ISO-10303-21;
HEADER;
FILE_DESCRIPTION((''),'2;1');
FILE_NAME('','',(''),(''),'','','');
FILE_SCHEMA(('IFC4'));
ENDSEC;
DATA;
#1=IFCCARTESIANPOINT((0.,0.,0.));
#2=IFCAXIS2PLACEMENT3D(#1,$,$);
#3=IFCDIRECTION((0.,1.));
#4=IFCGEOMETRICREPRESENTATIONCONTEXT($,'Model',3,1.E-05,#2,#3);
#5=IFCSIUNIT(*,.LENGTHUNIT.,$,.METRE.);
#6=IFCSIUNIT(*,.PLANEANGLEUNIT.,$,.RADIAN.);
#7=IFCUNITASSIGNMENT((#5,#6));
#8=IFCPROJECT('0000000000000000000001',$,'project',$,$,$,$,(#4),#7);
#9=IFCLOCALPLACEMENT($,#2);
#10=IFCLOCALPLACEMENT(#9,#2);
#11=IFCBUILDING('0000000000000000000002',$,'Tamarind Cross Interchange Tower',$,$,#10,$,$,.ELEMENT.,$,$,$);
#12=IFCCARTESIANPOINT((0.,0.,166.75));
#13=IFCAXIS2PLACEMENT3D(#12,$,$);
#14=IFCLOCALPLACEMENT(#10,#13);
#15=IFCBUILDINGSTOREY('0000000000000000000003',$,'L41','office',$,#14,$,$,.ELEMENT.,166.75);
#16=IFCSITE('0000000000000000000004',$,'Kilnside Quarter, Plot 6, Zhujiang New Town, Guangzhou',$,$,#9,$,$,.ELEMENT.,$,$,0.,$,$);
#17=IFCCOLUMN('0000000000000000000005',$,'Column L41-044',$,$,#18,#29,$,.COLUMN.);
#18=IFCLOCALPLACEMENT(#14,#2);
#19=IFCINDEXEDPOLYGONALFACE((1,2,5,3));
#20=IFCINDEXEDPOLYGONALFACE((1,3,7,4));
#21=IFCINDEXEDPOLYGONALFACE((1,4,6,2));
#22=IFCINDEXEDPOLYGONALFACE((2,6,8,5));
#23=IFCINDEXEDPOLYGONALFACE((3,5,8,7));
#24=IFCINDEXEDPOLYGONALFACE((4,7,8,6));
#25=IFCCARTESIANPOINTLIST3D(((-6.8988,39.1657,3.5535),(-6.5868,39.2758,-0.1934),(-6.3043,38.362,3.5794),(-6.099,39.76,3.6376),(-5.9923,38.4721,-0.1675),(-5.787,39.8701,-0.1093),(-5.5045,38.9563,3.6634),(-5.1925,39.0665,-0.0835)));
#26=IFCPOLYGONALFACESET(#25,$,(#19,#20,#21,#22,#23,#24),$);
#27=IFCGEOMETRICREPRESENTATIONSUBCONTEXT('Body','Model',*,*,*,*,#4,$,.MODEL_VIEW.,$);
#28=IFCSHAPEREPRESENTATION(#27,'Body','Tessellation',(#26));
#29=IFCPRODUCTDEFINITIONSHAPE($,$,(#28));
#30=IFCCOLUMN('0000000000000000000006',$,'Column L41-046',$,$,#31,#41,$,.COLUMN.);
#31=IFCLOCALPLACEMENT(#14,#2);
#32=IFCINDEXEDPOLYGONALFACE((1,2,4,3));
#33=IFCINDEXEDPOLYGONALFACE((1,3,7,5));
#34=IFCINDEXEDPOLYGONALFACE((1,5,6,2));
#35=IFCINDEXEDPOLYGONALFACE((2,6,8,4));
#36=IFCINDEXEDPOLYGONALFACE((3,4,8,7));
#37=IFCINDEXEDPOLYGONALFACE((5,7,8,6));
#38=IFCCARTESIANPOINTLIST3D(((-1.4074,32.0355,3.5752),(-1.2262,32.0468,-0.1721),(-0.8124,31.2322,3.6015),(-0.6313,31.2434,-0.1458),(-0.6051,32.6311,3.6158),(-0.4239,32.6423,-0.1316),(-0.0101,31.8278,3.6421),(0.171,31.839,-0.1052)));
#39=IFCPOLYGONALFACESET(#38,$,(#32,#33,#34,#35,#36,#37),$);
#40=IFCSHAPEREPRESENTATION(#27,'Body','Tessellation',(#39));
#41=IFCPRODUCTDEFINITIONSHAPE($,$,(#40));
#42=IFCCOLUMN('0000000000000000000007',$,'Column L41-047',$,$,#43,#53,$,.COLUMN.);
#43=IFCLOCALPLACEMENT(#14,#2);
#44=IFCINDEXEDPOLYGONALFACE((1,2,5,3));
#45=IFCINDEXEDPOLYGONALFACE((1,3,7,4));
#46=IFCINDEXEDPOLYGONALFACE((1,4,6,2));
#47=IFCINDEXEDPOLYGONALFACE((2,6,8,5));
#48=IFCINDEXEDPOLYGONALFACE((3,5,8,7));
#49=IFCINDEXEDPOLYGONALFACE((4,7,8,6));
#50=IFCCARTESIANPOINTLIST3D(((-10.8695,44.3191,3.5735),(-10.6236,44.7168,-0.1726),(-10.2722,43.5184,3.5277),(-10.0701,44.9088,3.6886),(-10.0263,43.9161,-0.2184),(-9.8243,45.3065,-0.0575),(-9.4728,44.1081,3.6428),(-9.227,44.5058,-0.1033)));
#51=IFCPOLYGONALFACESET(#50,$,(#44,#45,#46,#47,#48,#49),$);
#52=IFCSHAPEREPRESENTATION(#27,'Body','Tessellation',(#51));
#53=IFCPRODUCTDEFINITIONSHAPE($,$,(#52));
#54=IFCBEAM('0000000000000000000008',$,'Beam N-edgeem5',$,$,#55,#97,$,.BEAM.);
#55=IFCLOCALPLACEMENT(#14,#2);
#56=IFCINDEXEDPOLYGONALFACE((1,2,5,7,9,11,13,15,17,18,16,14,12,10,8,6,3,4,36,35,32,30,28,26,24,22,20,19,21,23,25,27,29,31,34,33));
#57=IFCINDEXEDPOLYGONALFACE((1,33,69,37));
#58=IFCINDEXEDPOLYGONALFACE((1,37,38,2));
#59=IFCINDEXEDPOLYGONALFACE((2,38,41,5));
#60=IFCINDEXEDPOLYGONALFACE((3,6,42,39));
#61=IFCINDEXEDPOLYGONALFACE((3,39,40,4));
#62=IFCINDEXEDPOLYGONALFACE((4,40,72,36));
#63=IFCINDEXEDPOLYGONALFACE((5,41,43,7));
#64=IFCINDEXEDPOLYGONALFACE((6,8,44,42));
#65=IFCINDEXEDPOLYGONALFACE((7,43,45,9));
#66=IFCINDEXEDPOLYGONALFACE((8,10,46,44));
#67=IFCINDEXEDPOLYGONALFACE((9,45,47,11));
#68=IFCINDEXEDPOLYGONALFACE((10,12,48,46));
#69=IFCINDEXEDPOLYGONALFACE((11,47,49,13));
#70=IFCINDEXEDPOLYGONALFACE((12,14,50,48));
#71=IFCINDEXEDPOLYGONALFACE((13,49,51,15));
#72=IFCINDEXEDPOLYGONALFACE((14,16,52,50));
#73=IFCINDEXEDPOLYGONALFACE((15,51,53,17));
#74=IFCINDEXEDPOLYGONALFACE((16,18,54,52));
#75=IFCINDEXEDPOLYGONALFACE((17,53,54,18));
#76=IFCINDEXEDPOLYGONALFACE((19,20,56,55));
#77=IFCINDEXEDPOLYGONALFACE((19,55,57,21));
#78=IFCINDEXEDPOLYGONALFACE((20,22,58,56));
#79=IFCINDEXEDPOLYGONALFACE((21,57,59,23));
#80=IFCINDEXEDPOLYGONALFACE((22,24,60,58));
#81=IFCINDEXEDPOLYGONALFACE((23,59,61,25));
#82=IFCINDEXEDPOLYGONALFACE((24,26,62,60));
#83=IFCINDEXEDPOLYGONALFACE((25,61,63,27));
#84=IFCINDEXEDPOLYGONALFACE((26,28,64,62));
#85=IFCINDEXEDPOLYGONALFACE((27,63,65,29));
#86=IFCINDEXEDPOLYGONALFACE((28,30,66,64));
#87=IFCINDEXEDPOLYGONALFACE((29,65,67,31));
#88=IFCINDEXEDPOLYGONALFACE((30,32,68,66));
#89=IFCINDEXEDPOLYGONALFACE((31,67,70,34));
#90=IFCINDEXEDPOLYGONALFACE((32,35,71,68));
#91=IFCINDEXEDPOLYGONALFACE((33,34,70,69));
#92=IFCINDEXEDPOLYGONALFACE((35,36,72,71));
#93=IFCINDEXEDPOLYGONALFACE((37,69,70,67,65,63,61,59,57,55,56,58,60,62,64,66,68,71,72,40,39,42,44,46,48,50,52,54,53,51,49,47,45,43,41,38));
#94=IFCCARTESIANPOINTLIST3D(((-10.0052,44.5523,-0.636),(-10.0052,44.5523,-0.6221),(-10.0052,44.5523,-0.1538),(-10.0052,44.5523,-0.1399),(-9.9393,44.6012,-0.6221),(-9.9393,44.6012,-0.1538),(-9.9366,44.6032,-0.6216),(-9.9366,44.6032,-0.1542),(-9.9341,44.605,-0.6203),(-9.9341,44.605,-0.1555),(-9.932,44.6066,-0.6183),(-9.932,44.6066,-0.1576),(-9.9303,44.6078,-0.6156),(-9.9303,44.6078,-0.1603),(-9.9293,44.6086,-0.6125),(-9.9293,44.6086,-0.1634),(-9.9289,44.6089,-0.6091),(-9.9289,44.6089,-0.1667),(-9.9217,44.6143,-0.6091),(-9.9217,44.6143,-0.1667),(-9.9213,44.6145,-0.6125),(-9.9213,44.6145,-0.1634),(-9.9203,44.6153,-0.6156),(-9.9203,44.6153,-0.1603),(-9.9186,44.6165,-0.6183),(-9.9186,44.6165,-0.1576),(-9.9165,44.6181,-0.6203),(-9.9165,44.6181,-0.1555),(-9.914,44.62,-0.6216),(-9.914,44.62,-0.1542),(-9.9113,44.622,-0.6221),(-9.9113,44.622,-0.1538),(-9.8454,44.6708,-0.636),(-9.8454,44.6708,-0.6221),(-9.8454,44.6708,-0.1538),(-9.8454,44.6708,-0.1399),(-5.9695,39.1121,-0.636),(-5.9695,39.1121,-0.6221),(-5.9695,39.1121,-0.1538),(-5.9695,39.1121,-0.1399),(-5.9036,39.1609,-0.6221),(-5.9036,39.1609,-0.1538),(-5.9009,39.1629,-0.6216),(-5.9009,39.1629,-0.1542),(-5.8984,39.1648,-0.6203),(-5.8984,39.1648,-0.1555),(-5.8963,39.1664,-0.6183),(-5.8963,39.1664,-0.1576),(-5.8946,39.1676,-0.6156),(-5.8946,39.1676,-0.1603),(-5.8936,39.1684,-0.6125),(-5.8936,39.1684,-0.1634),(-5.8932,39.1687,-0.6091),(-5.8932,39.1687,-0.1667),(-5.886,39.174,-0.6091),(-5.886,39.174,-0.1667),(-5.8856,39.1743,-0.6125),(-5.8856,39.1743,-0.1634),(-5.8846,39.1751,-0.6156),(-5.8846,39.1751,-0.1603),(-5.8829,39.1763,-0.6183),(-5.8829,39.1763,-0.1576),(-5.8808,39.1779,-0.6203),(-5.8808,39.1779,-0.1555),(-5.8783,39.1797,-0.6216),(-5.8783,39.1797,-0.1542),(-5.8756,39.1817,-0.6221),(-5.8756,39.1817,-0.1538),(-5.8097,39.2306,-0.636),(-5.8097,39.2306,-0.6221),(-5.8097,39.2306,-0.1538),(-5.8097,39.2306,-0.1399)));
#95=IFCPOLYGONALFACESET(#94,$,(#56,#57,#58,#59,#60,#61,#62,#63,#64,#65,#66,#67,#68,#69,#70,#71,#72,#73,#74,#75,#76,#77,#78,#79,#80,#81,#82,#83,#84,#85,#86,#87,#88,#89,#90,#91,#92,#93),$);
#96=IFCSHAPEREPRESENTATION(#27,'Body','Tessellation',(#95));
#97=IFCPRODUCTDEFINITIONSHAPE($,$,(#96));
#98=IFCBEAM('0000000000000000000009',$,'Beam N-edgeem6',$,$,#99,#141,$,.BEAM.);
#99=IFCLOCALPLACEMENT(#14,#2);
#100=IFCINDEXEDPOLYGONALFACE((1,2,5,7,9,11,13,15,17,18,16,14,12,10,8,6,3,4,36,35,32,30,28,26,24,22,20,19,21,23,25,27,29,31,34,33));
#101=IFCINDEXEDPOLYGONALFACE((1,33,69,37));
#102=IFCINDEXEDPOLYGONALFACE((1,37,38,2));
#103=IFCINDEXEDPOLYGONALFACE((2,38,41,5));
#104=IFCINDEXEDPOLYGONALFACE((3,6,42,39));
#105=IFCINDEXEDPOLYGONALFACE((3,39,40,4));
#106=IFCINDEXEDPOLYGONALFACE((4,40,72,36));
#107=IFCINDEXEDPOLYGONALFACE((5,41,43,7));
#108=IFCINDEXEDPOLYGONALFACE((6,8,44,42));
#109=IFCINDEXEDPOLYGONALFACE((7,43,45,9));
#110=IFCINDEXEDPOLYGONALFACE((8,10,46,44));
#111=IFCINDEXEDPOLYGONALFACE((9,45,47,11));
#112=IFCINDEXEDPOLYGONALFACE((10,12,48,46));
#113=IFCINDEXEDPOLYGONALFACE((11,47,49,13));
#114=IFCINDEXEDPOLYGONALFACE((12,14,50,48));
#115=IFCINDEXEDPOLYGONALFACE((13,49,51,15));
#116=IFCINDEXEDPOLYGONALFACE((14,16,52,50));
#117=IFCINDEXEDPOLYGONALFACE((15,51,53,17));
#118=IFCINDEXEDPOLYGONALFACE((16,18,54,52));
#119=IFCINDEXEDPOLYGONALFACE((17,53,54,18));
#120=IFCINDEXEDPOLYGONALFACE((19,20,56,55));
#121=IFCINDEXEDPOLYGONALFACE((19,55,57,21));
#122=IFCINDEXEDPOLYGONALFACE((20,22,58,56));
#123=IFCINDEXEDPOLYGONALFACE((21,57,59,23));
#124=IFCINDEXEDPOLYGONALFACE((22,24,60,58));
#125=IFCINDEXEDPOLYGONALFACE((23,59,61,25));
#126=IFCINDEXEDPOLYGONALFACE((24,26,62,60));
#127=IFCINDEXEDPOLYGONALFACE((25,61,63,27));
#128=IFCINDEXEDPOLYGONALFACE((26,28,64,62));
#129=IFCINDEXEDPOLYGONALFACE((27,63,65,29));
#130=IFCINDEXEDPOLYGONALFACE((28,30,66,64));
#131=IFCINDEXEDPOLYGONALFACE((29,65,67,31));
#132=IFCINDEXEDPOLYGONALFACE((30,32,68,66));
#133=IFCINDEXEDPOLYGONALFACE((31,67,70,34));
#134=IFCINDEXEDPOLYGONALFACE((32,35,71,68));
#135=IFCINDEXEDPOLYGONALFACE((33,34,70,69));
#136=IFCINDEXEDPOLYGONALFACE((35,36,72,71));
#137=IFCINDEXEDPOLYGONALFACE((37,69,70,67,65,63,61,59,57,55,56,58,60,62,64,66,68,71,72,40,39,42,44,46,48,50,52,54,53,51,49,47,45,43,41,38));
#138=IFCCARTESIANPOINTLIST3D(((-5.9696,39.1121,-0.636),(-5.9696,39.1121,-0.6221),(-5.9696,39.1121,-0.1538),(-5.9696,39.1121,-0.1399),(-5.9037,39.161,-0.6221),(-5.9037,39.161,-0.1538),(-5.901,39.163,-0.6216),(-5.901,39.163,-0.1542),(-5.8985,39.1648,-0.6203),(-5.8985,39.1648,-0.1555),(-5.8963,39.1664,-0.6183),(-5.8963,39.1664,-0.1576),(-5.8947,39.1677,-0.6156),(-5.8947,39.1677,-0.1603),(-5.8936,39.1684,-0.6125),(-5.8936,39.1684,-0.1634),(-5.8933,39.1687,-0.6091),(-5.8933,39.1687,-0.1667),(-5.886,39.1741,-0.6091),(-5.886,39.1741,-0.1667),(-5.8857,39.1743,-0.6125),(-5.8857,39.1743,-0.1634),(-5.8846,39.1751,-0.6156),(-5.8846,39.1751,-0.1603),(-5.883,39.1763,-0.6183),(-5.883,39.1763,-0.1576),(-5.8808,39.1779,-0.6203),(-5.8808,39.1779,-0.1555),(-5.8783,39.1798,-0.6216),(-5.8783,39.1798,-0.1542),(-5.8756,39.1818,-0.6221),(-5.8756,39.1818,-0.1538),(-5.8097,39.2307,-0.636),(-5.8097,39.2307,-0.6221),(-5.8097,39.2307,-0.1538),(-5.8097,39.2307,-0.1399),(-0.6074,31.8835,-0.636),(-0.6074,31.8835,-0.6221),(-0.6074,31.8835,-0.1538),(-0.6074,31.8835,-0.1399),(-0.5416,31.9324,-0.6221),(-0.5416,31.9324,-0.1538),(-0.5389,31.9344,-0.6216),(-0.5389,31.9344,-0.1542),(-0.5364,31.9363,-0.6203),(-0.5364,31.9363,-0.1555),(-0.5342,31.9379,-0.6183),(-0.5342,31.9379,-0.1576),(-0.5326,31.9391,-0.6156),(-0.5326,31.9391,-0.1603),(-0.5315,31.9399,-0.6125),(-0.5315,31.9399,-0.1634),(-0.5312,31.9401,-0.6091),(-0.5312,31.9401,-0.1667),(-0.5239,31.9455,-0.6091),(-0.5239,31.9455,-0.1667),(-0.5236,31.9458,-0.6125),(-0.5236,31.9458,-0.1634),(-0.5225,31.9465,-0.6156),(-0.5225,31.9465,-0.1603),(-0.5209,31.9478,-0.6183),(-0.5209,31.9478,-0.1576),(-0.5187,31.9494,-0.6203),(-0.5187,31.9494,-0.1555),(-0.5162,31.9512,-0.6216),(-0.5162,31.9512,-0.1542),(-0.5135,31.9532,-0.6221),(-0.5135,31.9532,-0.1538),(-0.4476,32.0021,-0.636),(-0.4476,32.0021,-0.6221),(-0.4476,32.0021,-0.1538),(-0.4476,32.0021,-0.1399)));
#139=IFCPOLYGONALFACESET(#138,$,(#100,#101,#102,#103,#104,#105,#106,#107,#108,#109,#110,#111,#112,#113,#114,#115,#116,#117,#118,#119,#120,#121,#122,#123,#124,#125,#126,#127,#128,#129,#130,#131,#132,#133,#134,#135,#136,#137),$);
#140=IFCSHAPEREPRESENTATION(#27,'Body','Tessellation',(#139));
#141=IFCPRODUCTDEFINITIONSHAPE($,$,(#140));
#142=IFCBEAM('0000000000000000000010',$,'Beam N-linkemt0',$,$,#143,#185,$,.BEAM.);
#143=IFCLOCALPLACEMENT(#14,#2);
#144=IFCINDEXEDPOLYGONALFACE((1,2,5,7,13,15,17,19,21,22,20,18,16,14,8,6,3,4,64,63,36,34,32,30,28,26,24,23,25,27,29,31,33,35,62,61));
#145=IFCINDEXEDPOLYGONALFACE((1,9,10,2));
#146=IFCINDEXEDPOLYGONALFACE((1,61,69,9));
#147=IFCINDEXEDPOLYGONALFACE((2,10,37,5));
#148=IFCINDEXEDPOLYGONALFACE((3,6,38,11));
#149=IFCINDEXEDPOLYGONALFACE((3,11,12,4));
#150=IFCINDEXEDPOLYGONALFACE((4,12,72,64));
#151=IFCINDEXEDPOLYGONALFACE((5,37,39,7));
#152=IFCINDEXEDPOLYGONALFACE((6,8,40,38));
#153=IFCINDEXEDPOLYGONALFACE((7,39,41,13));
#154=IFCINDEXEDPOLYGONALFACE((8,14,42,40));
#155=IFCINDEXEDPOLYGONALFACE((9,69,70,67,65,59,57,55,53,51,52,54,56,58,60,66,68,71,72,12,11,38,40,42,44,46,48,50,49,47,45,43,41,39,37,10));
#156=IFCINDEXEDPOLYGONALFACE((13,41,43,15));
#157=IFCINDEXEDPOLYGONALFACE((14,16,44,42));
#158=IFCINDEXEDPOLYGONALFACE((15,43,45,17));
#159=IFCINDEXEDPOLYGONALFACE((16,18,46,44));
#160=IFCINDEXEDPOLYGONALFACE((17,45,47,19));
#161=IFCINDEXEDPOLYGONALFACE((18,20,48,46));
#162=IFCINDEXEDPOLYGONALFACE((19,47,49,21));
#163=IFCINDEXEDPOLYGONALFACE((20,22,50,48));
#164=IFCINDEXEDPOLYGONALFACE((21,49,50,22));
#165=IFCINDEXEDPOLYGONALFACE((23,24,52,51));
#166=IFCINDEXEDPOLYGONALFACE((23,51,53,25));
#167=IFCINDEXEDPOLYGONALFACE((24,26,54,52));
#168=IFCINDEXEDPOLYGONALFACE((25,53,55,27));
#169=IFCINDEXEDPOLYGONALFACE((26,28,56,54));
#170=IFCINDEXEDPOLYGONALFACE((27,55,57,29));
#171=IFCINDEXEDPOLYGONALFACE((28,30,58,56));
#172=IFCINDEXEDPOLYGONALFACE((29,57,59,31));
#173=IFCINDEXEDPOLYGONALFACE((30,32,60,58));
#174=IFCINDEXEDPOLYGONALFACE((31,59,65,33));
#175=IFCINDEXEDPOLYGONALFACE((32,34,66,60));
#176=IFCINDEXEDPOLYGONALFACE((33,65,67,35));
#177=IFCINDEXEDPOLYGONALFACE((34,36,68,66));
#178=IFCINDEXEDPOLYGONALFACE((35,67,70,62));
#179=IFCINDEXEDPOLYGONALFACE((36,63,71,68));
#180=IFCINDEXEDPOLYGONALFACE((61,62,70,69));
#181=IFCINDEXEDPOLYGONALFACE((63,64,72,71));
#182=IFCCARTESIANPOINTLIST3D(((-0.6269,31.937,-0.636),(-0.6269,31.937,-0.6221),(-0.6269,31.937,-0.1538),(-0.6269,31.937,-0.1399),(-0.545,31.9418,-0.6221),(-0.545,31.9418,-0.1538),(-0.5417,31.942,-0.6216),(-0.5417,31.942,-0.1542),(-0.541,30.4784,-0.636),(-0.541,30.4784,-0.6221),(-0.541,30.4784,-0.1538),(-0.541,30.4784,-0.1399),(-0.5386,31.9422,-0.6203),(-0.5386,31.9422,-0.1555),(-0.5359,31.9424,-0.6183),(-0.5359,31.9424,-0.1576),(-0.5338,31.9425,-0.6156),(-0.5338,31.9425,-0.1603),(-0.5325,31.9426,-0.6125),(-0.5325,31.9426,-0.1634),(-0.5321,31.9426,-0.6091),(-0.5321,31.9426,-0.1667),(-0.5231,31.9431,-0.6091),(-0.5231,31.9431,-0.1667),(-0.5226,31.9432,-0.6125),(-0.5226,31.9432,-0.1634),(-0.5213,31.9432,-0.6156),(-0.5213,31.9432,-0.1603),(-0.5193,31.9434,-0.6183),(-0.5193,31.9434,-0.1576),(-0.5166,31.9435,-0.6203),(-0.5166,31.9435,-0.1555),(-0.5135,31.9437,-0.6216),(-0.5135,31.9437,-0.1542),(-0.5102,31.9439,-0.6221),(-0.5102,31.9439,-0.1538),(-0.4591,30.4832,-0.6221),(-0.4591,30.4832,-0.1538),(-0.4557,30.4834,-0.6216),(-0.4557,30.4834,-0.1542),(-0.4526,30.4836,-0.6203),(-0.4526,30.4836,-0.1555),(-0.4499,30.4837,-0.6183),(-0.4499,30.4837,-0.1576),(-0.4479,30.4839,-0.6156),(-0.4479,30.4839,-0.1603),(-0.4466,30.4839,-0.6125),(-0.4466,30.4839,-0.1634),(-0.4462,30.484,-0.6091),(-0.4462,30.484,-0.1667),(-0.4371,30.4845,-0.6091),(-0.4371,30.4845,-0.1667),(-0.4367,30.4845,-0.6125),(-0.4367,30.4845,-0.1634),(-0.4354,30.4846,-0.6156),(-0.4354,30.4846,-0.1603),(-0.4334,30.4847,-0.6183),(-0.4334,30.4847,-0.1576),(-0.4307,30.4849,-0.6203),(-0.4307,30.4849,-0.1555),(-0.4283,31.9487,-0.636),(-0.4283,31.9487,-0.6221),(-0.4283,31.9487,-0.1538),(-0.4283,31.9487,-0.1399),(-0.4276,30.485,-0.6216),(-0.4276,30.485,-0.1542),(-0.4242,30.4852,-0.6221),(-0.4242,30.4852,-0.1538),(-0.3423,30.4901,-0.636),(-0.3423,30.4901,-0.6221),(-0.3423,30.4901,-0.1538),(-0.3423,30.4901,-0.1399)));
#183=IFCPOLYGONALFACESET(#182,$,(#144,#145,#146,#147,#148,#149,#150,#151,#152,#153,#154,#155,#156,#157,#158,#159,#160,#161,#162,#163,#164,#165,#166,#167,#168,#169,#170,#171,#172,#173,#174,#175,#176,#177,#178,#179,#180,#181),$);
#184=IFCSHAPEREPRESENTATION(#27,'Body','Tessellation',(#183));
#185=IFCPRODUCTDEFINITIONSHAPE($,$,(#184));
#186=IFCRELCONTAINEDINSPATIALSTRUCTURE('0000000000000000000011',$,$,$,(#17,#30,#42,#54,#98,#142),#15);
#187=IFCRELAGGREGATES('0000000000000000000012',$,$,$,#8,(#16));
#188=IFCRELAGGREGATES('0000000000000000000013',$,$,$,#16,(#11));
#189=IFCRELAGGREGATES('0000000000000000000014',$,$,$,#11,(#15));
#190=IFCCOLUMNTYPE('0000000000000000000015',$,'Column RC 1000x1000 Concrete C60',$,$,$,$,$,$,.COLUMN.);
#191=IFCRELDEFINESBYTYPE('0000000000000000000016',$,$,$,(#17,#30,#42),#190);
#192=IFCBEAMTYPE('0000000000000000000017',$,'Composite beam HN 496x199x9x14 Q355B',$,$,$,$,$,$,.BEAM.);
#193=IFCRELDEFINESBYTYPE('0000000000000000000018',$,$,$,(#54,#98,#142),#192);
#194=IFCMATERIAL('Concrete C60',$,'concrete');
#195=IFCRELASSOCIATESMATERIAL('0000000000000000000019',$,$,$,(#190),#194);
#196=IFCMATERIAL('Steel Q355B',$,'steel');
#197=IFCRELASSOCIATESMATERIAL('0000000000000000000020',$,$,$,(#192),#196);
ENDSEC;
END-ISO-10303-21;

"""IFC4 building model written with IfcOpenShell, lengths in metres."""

from ifc_helpers import new_model, si_unit, direction, frame, origin, origin_2d, place, context, subcontext, project, spatial, rectangle, i_section, extrude, material, material_profile, profile_set, type_object, element, save


model = new_model("IFC4")

# Units and contexts
model_context = context("Model", 3, precision=1e-05, world=origin(), true_north=direction((0.0, 1.0)))
body_context = subcontext(model_context, "Body", "Model", "MODEL_VIEW")
ifc_project = project(units=[si_unit("LENGTHUNIT", "METRE"), si_unit("PLANEANGLEUNIT", "RADIAN")], contexts=[model_context])

# Site, building, storey
site_placement = place(None, origin())
site = spatial("IfcSite", under=ifc_project, at=site_placement, Name="Kilnside Quarter, Plot 6, Zhujiang New Town, Guangzhou", CompositionType="ELEMENT", RefElevation=0.0)
building_placement = place(site_placement, origin())
building = spatial("IfcBuilding", under=site, at=building_placement, Name="Tamarind Cross Interchange Tower", CompositionType="ELEMENT")
storey_placement = place(building_placement, frame((0.0, 0.0, 166.75)))
storey = spatial("IfcBuildingStorey", under=building, at=storey_placement, Name="L41", Description="office", CompositionType="ELEMENT", Elevation=166.75)

# Columns
ifc_material_1 = material(Name="Concrete C60", Category="concrete")
ifc_material_profile_1 = material_profile(ifc_material_1, rectangle(XDim=1.0, YDim=1.0, at=origin_2d()), Name="RC 1000x1000")
ifc_profile_set_1 = profile_set([ifc_material_profile_1], Name="Concrete C60")
column_type = type_object("IfcColumnType", Name="Column RC 1000x1000 Concrete C60", PredefinedType="COLUMN", material=ifc_profile_set_1)
column_1_placement = place(storey_placement, frame((-5.8896, 39.1711, -0.1384), z_axis=(-0.082951, -0.029273, 0.996124), x_axis=(0.594473, -0.803699, 0.025886)))
element("IfcColumn", 1, at=column_1_placement, inside=storey, type_object=column_type, Name="Column L41-044", PredefinedType="COLUMN", context=body_context, shape_type="SweptSolid", body=[
    extrude(rectangle(XDim=1.0, YDim=1.0, at=origin_2d()), origin(), (0.0, 0.0, 1.0), 3.7615),
])
column_2_placement = place(storey_placement, frame((-0.5276, 31.9429, -0.1387), z_axis=(-0.048285, -0.002993, 0.998829), x_axis=(0.594965, -0.803319, 0.026354)))
element("IfcColumn", 2, at=column_2_placement, inside=storey, type_object=column_type, Name="Column L41-046", PredefinedType="COLUMN", context=body_context, shape_type="SweptSolid", body=[
    extrude(rectangle(XDim=1.0, YDim=1.0, at=origin_2d()), origin(), (0.0, 0.0, 1.0), 3.7517),
])
column_3_placement = place(storey_placement, frame((-9.9253, 44.6113, -0.1379), z_axis=(-0.065123, -0.105348, 0.992301), x_axis=(0.799362, 0.589728, 0.115069)))
element("IfcColumn", 3, at=column_3_placement, inside=storey, type_object=column_type, Name="Column L41-047", PredefinedType="COLUMN", context=body_context, shape_type="SweptSolid", body=[
    extrude(rectangle(XDim=1.0, YDim=1.0, at=origin_2d()), origin(), (0.0, 0.0, 1.0), 3.7751),
])

# Beams
ifc_material_2 = material(Name="Steel Q355B", Category="steel")
ifc_material_profile_2 = material_profile(ifc_material_2, i_section(OverallWidth=0.199, OverallDepth=0.4961, WebThickness=0.009, FlangeThickness=0.0139, FilletRadius=0.0129, at=origin_2d()), Name="HN 496x199x9x14")
ifc_profile_set_2 = profile_set([ifc_material_profile_2], Name="Steel Q355B")
beam_type_1 = type_object("IfcBeamType", Name="Composite beam HN 496x199x9x14 Q355B", PredefinedType="BEAM", material=ifc_profile_set_2)
beam_1_placement = place(storey_placement, frame((-9.9253, 44.6116, -0.3879), z_axis=(0.595788, -0.803142, 0.0), x_axis=(0.803142, 0.595788, 0.0)))
element("IfcBeam", 4, at=beam_1_placement, inside=storey, type_object=beam_type_1, Name="Beam N-edgeem5", PredefinedType="BEAM", context=body_context, shape_type="SweptSolid", body=[
    extrude(i_section(OverallWidth=0.199, OverallDepth=0.4961, WebThickness=0.009, FlangeThickness=0.0139, FilletRadius=0.0129, at=origin_2d()), origin(), (0.0, 0.0, 1.0), 6.7737),
])
beam_2_placement = place(storey_placement, frame((-5.8896, 39.1714, -0.3879), z_axis=(0.595773, -0.803153, 0.0), x_axis=(0.803153, 0.595773, 0.0)))
element("IfcBeam", 5, at=beam_2_placement, inside=storey, type_object=beam_type_1, Name="Beam N-edgeem6", PredefinedType="BEAM", context=body_context, shape_type="SweptSolid", body=[
    extrude(i_section(OverallWidth=0.199, OverallDepth=0.4961, WebThickness=0.009, FlangeThickness=0.0139, FilletRadius=0.0129, at=origin_2d()), origin(), (0.0, 0.0, 1.0), 9.0002),
])
beam_3_placement = place(storey_placement, frame((-0.5276, 31.9429, -0.3879), z_axis=(0.05881, -0.998269, 0.0), x_axis=(0.998269, 0.05881, 0.0)))
element("IfcBeam", 6, at=beam_3_placement, inside=storey, type_object=beam_type_1, Name="Beam N-linkemt0", PredefinedType="BEAM", context=body_context, shape_type="SweptSolid", body=[
    extrude(i_section(OverallWidth=0.199, OverallDepth=0.4961, WebThickness=0.009, FlangeThickness=0.0139, FilletRadius=0.0129, at=origin_2d()), origin(), (0.0, 0.0, 1.0), 1.4612),
])

save(model, "model.ifc")
